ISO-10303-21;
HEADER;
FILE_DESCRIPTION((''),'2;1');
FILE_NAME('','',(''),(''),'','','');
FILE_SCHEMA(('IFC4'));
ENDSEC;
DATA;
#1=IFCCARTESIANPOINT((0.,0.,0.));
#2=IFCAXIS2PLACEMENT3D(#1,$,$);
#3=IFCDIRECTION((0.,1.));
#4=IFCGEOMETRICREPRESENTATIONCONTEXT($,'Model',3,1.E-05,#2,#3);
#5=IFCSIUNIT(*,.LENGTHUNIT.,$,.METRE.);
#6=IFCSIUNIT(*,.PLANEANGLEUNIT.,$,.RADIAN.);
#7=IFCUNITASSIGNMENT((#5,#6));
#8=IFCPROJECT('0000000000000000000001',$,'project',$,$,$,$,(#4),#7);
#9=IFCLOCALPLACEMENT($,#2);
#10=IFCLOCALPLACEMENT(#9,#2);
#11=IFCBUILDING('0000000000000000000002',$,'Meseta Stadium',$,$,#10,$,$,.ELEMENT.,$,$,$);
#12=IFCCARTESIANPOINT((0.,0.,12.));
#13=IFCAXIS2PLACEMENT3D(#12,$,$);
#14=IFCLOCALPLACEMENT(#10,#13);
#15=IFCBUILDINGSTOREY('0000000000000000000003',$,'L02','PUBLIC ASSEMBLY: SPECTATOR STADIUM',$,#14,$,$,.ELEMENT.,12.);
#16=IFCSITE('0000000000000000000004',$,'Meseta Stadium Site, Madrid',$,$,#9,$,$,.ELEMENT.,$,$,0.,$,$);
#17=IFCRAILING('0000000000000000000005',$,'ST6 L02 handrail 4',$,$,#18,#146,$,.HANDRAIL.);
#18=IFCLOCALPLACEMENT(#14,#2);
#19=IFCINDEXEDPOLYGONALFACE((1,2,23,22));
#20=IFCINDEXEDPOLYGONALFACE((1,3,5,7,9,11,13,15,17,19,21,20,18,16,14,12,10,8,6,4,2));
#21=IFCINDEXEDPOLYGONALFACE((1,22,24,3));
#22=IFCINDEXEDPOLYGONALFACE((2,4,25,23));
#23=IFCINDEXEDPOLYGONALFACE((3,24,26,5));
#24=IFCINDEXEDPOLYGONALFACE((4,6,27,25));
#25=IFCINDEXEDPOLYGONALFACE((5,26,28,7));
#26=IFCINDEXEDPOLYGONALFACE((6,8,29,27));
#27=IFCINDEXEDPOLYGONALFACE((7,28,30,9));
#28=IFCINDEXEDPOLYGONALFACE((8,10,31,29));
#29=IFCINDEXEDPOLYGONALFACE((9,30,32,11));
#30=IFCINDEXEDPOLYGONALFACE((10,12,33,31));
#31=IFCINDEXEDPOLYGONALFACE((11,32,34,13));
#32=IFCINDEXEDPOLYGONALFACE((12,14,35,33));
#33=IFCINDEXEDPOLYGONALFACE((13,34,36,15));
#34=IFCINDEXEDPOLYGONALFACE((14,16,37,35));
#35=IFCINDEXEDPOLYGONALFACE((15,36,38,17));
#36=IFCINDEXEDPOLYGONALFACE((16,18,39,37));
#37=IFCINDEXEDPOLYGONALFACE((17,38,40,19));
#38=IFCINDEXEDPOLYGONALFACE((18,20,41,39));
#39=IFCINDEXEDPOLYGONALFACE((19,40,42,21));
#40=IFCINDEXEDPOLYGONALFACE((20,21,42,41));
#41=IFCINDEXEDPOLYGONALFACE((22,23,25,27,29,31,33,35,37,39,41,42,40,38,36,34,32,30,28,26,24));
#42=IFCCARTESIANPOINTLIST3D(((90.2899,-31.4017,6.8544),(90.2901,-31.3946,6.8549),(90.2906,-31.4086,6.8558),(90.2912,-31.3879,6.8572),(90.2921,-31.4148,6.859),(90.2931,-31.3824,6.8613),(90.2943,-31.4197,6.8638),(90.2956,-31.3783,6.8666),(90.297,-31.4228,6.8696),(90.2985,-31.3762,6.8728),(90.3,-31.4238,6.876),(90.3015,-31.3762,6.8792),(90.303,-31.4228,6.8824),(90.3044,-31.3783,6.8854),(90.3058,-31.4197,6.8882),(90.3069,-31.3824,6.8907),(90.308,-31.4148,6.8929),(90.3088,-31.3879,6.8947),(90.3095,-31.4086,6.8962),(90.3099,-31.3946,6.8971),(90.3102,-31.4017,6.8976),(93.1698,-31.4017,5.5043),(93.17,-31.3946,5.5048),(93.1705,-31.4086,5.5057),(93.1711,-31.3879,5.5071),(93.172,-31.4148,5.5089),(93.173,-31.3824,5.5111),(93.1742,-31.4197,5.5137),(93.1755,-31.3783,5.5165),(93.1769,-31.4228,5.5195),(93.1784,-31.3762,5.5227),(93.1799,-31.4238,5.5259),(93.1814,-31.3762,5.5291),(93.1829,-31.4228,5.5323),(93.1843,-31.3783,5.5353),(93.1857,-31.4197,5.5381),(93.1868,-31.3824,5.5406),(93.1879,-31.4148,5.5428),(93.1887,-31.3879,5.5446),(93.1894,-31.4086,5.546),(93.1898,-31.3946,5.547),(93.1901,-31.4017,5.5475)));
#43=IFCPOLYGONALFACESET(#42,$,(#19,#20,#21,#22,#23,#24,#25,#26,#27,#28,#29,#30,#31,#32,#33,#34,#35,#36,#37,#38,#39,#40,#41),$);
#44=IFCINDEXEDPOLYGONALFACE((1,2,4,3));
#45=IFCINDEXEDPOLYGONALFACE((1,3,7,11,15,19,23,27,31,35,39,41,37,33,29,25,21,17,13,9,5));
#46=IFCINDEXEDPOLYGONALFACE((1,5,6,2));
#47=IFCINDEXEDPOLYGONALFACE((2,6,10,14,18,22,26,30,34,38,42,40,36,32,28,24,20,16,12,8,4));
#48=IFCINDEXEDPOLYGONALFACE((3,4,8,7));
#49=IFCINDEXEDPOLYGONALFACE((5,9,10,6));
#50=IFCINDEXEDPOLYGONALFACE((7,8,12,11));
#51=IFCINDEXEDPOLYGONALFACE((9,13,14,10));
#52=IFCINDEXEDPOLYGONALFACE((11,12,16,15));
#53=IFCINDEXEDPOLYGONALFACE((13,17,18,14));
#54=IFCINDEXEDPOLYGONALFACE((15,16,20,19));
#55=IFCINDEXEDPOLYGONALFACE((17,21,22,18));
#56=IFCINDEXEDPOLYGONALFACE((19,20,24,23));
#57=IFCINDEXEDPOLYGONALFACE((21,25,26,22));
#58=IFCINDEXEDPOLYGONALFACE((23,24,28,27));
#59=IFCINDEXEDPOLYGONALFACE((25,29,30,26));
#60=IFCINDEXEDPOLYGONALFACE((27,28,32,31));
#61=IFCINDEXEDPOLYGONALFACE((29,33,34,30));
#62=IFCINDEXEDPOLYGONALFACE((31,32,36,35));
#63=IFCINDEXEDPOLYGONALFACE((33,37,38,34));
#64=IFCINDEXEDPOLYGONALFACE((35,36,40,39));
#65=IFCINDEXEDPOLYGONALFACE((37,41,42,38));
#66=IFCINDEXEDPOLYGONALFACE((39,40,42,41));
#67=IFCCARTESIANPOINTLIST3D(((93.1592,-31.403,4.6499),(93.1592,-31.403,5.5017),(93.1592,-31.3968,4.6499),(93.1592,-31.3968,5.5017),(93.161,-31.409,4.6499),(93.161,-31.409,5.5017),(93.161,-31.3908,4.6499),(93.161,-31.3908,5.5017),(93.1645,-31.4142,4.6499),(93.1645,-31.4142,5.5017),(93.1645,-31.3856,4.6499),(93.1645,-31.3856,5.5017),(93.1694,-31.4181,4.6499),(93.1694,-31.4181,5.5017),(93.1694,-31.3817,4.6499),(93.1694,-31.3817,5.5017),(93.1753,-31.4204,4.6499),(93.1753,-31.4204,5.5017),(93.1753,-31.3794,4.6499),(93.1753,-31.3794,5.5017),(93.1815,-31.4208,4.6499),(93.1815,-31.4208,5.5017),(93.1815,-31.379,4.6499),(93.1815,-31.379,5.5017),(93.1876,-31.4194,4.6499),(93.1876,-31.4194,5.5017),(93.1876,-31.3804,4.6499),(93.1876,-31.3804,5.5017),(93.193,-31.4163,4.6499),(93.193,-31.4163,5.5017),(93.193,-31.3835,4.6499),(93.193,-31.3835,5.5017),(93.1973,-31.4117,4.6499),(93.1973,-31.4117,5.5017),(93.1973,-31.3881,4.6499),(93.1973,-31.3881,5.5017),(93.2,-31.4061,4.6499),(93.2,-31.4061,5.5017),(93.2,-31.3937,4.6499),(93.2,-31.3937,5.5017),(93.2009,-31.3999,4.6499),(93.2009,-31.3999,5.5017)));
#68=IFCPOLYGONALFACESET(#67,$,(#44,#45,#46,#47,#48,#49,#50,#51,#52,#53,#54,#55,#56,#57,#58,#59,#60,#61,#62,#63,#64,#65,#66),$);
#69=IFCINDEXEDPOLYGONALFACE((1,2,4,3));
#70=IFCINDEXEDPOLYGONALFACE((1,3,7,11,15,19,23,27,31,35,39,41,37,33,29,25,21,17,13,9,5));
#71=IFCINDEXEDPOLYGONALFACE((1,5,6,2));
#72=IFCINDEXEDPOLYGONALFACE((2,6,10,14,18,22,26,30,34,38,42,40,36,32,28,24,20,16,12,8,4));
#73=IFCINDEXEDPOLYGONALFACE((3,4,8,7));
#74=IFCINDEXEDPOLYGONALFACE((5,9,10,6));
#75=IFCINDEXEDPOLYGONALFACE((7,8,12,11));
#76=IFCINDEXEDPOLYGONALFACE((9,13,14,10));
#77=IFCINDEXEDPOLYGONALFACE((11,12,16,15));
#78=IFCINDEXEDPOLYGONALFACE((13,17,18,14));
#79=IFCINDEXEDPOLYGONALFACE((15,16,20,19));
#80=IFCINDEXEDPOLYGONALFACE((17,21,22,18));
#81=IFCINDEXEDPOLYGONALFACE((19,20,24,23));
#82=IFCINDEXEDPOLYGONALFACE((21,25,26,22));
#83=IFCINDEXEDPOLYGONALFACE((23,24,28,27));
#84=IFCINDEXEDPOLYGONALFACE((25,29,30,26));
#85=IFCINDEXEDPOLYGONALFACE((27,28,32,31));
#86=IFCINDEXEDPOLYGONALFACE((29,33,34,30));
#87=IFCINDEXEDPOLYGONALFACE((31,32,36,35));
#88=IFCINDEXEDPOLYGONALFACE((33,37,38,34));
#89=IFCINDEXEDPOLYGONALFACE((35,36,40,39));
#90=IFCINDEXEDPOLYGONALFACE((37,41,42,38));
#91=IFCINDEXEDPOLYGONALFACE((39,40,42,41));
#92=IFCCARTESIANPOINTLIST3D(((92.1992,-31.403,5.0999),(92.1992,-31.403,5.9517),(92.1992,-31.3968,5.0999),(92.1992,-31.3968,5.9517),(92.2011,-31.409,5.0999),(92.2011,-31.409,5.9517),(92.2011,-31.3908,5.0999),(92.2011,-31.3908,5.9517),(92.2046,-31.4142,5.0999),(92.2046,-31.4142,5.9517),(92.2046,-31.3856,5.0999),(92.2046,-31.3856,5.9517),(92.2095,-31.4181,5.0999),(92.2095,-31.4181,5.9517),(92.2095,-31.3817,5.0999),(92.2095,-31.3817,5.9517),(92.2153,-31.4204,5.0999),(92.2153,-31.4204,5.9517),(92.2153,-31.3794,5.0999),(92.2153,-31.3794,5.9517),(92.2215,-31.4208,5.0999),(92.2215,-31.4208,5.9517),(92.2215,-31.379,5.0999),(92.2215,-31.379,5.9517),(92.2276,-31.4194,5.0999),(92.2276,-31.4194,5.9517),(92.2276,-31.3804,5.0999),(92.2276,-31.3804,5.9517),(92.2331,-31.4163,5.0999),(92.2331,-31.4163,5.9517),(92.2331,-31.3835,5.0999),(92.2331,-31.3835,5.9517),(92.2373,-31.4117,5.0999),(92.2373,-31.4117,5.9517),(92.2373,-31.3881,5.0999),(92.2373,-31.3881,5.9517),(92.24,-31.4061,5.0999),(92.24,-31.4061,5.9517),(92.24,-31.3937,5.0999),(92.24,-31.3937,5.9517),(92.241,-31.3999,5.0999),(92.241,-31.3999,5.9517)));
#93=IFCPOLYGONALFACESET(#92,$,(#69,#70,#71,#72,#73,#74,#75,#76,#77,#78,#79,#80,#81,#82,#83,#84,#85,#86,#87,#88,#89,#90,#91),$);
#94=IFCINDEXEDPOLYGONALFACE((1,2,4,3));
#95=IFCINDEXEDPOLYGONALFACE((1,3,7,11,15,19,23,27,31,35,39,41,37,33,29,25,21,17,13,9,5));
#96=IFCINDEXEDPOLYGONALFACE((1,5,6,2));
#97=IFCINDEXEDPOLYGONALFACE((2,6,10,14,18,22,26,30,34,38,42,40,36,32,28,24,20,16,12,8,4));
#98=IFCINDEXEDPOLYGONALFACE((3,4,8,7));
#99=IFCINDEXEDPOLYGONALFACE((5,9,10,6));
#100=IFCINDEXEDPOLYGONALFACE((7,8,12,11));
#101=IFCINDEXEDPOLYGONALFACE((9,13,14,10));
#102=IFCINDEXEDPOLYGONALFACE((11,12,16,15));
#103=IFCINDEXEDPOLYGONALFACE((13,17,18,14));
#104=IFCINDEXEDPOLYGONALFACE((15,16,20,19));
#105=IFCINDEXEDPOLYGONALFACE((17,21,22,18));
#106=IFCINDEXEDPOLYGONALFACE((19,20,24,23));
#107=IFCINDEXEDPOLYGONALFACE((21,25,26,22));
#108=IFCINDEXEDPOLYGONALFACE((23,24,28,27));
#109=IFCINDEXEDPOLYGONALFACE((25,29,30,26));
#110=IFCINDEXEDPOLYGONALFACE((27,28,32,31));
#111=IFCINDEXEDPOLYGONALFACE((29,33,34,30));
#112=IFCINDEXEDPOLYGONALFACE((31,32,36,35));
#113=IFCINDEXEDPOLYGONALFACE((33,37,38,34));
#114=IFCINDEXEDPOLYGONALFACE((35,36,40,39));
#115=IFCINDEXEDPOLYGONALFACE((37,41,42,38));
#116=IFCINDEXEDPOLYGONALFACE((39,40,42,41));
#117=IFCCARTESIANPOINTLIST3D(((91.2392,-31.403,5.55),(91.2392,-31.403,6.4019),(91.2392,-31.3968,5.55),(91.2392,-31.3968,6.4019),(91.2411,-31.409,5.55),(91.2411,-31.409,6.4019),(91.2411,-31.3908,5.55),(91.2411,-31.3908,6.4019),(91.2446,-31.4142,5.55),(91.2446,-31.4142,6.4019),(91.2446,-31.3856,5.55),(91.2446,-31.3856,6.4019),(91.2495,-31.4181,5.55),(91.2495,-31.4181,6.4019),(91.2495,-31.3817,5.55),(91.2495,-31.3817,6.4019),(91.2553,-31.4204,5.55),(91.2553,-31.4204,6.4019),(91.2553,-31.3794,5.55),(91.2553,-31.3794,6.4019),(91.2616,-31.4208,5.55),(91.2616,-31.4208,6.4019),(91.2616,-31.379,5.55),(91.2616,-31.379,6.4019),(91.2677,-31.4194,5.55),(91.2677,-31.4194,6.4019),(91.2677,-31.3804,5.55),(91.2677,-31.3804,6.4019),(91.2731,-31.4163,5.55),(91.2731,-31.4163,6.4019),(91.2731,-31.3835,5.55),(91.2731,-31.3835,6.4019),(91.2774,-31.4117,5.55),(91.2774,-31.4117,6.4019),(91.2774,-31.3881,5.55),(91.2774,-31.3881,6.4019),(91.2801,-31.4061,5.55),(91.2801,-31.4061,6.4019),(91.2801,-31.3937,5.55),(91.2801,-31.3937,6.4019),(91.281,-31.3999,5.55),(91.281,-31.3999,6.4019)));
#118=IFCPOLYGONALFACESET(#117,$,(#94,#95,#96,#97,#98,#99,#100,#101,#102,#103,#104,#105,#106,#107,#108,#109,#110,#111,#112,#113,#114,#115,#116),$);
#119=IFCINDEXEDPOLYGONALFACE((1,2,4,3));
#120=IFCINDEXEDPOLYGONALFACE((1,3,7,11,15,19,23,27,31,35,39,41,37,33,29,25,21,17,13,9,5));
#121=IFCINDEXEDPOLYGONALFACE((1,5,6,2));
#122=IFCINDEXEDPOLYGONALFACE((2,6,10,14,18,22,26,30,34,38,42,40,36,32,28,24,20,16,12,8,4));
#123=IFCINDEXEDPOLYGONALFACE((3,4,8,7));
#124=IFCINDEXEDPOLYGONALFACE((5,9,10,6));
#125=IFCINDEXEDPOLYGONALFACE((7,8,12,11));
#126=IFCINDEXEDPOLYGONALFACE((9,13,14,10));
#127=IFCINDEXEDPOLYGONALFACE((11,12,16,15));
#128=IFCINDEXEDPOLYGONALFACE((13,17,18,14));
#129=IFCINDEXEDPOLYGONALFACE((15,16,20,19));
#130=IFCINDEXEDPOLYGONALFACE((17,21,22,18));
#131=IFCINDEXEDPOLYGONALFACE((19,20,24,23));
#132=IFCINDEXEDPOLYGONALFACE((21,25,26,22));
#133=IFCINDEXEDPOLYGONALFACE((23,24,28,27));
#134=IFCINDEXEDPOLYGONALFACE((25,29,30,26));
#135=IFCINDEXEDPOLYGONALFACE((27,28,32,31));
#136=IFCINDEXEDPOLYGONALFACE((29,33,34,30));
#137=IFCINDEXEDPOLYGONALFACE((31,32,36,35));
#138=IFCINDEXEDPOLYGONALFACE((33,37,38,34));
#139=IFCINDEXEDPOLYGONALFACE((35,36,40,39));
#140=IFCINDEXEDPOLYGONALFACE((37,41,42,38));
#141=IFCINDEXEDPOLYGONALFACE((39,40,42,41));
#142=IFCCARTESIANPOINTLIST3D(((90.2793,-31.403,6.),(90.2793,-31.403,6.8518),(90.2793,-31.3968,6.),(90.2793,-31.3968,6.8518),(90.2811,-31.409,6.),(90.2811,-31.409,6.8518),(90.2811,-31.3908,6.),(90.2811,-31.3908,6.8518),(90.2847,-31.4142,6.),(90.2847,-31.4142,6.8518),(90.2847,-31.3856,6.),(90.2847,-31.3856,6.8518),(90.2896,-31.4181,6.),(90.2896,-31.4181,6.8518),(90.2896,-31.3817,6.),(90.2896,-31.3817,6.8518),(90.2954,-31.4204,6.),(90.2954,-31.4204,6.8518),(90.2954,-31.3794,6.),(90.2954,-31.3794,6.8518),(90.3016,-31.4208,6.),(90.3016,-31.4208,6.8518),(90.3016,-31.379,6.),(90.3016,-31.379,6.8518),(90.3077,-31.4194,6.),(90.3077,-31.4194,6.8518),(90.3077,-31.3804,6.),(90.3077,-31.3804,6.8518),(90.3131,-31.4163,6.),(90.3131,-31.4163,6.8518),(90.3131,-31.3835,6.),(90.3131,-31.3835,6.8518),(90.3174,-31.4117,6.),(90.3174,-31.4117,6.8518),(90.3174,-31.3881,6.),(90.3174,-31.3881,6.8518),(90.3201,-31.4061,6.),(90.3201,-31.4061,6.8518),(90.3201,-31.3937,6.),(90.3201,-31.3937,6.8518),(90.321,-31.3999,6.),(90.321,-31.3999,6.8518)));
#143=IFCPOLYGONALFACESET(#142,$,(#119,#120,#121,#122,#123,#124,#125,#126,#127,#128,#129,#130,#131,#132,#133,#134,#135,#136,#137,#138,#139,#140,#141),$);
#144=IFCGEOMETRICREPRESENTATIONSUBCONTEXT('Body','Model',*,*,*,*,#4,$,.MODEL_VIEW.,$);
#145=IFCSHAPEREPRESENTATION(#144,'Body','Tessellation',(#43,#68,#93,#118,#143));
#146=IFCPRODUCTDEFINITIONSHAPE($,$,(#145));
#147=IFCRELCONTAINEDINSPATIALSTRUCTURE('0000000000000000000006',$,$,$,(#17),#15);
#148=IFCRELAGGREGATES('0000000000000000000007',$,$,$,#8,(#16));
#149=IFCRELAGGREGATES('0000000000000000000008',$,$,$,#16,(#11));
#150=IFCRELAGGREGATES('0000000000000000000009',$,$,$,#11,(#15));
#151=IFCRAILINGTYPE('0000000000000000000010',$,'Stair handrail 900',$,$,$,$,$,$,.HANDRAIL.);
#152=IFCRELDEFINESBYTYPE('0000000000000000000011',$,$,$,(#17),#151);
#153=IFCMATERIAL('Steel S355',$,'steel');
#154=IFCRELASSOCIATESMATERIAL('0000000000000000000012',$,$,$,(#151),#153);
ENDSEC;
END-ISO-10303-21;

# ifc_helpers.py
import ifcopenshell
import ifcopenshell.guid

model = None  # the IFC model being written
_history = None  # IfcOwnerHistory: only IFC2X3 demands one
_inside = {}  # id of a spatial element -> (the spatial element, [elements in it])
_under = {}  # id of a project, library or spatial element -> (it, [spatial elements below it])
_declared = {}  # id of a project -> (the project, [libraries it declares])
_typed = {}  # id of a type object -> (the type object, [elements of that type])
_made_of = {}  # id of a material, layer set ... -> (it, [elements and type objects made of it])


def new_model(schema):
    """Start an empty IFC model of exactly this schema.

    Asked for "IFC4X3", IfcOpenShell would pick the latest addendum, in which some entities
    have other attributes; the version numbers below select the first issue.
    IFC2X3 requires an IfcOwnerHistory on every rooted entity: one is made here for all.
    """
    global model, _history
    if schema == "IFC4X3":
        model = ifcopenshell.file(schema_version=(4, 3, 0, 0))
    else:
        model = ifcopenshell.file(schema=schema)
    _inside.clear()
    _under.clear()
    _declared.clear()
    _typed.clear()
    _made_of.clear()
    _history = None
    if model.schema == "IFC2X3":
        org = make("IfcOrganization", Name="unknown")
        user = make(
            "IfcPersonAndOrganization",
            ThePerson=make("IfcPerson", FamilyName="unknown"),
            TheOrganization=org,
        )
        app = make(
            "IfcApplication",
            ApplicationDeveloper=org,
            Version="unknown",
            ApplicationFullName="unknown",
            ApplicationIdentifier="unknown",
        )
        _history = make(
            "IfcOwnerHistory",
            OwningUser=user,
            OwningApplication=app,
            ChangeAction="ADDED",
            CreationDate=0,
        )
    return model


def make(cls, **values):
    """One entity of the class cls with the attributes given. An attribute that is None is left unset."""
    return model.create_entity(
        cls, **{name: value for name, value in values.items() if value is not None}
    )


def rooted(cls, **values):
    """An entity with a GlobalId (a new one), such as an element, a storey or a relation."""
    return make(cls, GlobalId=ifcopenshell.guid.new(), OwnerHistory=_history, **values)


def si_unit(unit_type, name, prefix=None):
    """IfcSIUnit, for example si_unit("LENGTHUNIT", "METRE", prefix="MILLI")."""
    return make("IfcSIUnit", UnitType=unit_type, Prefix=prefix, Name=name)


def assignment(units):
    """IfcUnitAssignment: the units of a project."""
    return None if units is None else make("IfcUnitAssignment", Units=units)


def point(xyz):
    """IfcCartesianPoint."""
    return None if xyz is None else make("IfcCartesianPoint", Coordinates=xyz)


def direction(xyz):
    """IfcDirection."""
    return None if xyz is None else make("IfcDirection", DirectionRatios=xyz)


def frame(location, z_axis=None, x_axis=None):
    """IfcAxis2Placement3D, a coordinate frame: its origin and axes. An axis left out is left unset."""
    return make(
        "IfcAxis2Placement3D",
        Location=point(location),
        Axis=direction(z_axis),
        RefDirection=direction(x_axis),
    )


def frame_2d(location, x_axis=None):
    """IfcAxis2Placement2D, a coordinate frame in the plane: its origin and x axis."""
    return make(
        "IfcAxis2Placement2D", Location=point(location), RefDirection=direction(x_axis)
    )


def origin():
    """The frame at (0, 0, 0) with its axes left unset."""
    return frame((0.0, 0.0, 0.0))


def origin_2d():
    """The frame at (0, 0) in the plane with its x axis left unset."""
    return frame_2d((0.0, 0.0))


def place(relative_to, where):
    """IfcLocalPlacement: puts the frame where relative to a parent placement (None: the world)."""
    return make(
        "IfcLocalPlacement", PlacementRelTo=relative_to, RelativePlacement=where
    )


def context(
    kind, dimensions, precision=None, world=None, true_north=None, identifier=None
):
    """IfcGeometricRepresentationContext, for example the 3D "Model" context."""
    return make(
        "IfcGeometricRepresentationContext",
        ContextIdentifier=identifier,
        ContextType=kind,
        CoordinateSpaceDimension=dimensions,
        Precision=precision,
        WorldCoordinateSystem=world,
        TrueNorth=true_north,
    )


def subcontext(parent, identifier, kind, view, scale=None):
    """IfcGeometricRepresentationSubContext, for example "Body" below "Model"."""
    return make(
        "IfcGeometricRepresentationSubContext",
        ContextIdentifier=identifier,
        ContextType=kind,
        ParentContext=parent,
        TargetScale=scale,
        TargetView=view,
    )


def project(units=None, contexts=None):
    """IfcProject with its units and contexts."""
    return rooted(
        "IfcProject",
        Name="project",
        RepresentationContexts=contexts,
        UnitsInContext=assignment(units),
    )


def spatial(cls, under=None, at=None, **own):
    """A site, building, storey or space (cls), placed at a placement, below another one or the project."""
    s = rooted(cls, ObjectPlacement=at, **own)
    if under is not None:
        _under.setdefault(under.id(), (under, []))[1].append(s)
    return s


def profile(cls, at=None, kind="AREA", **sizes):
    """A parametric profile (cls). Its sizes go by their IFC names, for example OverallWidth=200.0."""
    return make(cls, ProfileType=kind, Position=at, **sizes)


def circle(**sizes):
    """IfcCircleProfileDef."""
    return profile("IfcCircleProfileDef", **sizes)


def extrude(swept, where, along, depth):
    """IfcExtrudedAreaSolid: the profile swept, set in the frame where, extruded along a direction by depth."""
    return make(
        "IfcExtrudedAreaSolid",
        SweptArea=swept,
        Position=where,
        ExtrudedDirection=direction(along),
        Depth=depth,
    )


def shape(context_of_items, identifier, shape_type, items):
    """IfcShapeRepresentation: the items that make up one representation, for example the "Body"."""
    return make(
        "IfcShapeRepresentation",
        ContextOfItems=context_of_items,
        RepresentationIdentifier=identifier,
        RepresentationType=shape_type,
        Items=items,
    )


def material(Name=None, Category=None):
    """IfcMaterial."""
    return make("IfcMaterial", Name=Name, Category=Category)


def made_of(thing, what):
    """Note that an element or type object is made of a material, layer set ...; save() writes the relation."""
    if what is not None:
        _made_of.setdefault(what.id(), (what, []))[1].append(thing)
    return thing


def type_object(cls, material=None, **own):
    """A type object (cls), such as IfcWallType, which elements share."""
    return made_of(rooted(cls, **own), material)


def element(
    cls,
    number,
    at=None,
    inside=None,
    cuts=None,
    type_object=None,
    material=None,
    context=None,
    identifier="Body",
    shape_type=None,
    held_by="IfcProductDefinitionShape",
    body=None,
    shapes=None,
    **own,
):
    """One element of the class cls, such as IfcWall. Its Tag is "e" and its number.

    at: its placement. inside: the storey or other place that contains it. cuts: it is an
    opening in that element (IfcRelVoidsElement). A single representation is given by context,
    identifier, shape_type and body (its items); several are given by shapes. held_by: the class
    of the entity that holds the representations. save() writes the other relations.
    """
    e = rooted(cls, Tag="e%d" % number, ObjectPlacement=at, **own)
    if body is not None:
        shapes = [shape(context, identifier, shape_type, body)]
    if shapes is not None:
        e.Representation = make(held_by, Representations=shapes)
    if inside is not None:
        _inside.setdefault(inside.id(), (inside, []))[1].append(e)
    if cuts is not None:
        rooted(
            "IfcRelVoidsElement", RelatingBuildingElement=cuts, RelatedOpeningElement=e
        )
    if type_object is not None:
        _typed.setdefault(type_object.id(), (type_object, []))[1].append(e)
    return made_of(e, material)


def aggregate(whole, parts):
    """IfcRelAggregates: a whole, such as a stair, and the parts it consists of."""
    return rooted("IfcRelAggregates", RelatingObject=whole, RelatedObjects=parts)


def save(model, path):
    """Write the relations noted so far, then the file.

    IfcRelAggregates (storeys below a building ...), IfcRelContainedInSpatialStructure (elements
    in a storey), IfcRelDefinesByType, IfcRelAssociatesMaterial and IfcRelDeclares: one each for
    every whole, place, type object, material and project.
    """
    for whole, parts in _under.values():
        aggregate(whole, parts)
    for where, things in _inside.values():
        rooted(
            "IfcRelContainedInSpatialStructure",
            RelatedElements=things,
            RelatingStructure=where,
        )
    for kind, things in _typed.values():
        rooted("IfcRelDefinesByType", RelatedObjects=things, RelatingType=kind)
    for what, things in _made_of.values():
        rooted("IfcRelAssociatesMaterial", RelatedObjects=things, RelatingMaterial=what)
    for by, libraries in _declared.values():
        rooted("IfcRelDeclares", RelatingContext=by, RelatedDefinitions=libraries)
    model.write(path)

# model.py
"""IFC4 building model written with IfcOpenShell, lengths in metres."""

from ifc_helpers import new_model, si_unit, direction, frame, origin, origin_2d, place, context, subcontext, project, spatial, circle, extrude, material, type_object, element, save


model = new_model("IFC4")

# Units and contexts
model_context = context("Model", 3, precision=1e-05, world=origin(), true_north=direction((0.0, 1.0)))
body_context = subcontext(model_context, "Body", "Model", "MODEL_VIEW")
ifc_project = project(units=[si_unit("LENGTHUNIT", "METRE"), si_unit("PLANEANGLEUNIT", "RADIAN")], contexts=[model_context])

# Site, building, storey
site_placement = place(None, origin())
site = spatial("IfcSite", under=ifc_project, at=site_placement, Name="Meseta Stadium Site, Madrid", CompositionType="ELEMENT", RefElevation=0.0)
building_placement = place(site_placement, origin())
building = spatial("IfcBuilding", under=site, at=building_placement, Name="Meseta Stadium", CompositionType="ELEMENT")
storey_placement = place(building_placement, frame((0.0, 0.0, 12.0)))
storey = spatial("IfcBuildingStorey", under=building, at=storey_placement, Name="L02", Description="PUBLIC ASSEMBLY: SPECTATOR STADIUM", CompositionType="ELEMENT", Elevation=12.0)

# Railing
ifc_material_1 = material(Name="Steel S355", Category="steel")
railing_type_1 = type_object("IfcRailingType", Name="Stair handrail 900", PredefinedType="HANDRAIL", material=ifc_material_1)
for number, where, name in (
    (1, (93.1799, -31.3999, 4.6499), "ST6 L02 handrail 4"),
):
    element("IfcRailing", number, at=place(storey_placement, frame(where)), inside=storey, type_object=railing_type_1, Name=name, PredefinedType="HANDRAIL", context=body_context, shape_type="SweptSolid", body=[
        extrude(circle(Radius=0.0239, at=origin_2d()), frame((0.0, 0.0, 0.876), z_axis=(-0.90544, 0.0, 0.424473), x_axis=(0.0, -1.0, 0.0)), (0.0, 0.0, 1.0), 3.1807),
        extrude(circle(Radius=0.021, at=origin_2d()), origin(), (0.0, 0.0, 1.0), 0.8518),
        extrude(circle(Radius=0.021, at=origin_2d()), frame((-0.96, 0.0, 0.45)), (0.0, 0.0, 1.0), 0.8518),
        extrude(circle(Radius=0.021, at=origin_2d()), frame((-1.9199, 0.0, 0.9001)), (0.0, 0.0, 1.0), 0.8518),
        extrude(circle(Radius=0.021, at=origin_2d()), frame((-2.8799, 0.0, 1.3501)), (0.0, 0.0, 1.0), 0.8518),
    ])

save(model, "model.ifc")
